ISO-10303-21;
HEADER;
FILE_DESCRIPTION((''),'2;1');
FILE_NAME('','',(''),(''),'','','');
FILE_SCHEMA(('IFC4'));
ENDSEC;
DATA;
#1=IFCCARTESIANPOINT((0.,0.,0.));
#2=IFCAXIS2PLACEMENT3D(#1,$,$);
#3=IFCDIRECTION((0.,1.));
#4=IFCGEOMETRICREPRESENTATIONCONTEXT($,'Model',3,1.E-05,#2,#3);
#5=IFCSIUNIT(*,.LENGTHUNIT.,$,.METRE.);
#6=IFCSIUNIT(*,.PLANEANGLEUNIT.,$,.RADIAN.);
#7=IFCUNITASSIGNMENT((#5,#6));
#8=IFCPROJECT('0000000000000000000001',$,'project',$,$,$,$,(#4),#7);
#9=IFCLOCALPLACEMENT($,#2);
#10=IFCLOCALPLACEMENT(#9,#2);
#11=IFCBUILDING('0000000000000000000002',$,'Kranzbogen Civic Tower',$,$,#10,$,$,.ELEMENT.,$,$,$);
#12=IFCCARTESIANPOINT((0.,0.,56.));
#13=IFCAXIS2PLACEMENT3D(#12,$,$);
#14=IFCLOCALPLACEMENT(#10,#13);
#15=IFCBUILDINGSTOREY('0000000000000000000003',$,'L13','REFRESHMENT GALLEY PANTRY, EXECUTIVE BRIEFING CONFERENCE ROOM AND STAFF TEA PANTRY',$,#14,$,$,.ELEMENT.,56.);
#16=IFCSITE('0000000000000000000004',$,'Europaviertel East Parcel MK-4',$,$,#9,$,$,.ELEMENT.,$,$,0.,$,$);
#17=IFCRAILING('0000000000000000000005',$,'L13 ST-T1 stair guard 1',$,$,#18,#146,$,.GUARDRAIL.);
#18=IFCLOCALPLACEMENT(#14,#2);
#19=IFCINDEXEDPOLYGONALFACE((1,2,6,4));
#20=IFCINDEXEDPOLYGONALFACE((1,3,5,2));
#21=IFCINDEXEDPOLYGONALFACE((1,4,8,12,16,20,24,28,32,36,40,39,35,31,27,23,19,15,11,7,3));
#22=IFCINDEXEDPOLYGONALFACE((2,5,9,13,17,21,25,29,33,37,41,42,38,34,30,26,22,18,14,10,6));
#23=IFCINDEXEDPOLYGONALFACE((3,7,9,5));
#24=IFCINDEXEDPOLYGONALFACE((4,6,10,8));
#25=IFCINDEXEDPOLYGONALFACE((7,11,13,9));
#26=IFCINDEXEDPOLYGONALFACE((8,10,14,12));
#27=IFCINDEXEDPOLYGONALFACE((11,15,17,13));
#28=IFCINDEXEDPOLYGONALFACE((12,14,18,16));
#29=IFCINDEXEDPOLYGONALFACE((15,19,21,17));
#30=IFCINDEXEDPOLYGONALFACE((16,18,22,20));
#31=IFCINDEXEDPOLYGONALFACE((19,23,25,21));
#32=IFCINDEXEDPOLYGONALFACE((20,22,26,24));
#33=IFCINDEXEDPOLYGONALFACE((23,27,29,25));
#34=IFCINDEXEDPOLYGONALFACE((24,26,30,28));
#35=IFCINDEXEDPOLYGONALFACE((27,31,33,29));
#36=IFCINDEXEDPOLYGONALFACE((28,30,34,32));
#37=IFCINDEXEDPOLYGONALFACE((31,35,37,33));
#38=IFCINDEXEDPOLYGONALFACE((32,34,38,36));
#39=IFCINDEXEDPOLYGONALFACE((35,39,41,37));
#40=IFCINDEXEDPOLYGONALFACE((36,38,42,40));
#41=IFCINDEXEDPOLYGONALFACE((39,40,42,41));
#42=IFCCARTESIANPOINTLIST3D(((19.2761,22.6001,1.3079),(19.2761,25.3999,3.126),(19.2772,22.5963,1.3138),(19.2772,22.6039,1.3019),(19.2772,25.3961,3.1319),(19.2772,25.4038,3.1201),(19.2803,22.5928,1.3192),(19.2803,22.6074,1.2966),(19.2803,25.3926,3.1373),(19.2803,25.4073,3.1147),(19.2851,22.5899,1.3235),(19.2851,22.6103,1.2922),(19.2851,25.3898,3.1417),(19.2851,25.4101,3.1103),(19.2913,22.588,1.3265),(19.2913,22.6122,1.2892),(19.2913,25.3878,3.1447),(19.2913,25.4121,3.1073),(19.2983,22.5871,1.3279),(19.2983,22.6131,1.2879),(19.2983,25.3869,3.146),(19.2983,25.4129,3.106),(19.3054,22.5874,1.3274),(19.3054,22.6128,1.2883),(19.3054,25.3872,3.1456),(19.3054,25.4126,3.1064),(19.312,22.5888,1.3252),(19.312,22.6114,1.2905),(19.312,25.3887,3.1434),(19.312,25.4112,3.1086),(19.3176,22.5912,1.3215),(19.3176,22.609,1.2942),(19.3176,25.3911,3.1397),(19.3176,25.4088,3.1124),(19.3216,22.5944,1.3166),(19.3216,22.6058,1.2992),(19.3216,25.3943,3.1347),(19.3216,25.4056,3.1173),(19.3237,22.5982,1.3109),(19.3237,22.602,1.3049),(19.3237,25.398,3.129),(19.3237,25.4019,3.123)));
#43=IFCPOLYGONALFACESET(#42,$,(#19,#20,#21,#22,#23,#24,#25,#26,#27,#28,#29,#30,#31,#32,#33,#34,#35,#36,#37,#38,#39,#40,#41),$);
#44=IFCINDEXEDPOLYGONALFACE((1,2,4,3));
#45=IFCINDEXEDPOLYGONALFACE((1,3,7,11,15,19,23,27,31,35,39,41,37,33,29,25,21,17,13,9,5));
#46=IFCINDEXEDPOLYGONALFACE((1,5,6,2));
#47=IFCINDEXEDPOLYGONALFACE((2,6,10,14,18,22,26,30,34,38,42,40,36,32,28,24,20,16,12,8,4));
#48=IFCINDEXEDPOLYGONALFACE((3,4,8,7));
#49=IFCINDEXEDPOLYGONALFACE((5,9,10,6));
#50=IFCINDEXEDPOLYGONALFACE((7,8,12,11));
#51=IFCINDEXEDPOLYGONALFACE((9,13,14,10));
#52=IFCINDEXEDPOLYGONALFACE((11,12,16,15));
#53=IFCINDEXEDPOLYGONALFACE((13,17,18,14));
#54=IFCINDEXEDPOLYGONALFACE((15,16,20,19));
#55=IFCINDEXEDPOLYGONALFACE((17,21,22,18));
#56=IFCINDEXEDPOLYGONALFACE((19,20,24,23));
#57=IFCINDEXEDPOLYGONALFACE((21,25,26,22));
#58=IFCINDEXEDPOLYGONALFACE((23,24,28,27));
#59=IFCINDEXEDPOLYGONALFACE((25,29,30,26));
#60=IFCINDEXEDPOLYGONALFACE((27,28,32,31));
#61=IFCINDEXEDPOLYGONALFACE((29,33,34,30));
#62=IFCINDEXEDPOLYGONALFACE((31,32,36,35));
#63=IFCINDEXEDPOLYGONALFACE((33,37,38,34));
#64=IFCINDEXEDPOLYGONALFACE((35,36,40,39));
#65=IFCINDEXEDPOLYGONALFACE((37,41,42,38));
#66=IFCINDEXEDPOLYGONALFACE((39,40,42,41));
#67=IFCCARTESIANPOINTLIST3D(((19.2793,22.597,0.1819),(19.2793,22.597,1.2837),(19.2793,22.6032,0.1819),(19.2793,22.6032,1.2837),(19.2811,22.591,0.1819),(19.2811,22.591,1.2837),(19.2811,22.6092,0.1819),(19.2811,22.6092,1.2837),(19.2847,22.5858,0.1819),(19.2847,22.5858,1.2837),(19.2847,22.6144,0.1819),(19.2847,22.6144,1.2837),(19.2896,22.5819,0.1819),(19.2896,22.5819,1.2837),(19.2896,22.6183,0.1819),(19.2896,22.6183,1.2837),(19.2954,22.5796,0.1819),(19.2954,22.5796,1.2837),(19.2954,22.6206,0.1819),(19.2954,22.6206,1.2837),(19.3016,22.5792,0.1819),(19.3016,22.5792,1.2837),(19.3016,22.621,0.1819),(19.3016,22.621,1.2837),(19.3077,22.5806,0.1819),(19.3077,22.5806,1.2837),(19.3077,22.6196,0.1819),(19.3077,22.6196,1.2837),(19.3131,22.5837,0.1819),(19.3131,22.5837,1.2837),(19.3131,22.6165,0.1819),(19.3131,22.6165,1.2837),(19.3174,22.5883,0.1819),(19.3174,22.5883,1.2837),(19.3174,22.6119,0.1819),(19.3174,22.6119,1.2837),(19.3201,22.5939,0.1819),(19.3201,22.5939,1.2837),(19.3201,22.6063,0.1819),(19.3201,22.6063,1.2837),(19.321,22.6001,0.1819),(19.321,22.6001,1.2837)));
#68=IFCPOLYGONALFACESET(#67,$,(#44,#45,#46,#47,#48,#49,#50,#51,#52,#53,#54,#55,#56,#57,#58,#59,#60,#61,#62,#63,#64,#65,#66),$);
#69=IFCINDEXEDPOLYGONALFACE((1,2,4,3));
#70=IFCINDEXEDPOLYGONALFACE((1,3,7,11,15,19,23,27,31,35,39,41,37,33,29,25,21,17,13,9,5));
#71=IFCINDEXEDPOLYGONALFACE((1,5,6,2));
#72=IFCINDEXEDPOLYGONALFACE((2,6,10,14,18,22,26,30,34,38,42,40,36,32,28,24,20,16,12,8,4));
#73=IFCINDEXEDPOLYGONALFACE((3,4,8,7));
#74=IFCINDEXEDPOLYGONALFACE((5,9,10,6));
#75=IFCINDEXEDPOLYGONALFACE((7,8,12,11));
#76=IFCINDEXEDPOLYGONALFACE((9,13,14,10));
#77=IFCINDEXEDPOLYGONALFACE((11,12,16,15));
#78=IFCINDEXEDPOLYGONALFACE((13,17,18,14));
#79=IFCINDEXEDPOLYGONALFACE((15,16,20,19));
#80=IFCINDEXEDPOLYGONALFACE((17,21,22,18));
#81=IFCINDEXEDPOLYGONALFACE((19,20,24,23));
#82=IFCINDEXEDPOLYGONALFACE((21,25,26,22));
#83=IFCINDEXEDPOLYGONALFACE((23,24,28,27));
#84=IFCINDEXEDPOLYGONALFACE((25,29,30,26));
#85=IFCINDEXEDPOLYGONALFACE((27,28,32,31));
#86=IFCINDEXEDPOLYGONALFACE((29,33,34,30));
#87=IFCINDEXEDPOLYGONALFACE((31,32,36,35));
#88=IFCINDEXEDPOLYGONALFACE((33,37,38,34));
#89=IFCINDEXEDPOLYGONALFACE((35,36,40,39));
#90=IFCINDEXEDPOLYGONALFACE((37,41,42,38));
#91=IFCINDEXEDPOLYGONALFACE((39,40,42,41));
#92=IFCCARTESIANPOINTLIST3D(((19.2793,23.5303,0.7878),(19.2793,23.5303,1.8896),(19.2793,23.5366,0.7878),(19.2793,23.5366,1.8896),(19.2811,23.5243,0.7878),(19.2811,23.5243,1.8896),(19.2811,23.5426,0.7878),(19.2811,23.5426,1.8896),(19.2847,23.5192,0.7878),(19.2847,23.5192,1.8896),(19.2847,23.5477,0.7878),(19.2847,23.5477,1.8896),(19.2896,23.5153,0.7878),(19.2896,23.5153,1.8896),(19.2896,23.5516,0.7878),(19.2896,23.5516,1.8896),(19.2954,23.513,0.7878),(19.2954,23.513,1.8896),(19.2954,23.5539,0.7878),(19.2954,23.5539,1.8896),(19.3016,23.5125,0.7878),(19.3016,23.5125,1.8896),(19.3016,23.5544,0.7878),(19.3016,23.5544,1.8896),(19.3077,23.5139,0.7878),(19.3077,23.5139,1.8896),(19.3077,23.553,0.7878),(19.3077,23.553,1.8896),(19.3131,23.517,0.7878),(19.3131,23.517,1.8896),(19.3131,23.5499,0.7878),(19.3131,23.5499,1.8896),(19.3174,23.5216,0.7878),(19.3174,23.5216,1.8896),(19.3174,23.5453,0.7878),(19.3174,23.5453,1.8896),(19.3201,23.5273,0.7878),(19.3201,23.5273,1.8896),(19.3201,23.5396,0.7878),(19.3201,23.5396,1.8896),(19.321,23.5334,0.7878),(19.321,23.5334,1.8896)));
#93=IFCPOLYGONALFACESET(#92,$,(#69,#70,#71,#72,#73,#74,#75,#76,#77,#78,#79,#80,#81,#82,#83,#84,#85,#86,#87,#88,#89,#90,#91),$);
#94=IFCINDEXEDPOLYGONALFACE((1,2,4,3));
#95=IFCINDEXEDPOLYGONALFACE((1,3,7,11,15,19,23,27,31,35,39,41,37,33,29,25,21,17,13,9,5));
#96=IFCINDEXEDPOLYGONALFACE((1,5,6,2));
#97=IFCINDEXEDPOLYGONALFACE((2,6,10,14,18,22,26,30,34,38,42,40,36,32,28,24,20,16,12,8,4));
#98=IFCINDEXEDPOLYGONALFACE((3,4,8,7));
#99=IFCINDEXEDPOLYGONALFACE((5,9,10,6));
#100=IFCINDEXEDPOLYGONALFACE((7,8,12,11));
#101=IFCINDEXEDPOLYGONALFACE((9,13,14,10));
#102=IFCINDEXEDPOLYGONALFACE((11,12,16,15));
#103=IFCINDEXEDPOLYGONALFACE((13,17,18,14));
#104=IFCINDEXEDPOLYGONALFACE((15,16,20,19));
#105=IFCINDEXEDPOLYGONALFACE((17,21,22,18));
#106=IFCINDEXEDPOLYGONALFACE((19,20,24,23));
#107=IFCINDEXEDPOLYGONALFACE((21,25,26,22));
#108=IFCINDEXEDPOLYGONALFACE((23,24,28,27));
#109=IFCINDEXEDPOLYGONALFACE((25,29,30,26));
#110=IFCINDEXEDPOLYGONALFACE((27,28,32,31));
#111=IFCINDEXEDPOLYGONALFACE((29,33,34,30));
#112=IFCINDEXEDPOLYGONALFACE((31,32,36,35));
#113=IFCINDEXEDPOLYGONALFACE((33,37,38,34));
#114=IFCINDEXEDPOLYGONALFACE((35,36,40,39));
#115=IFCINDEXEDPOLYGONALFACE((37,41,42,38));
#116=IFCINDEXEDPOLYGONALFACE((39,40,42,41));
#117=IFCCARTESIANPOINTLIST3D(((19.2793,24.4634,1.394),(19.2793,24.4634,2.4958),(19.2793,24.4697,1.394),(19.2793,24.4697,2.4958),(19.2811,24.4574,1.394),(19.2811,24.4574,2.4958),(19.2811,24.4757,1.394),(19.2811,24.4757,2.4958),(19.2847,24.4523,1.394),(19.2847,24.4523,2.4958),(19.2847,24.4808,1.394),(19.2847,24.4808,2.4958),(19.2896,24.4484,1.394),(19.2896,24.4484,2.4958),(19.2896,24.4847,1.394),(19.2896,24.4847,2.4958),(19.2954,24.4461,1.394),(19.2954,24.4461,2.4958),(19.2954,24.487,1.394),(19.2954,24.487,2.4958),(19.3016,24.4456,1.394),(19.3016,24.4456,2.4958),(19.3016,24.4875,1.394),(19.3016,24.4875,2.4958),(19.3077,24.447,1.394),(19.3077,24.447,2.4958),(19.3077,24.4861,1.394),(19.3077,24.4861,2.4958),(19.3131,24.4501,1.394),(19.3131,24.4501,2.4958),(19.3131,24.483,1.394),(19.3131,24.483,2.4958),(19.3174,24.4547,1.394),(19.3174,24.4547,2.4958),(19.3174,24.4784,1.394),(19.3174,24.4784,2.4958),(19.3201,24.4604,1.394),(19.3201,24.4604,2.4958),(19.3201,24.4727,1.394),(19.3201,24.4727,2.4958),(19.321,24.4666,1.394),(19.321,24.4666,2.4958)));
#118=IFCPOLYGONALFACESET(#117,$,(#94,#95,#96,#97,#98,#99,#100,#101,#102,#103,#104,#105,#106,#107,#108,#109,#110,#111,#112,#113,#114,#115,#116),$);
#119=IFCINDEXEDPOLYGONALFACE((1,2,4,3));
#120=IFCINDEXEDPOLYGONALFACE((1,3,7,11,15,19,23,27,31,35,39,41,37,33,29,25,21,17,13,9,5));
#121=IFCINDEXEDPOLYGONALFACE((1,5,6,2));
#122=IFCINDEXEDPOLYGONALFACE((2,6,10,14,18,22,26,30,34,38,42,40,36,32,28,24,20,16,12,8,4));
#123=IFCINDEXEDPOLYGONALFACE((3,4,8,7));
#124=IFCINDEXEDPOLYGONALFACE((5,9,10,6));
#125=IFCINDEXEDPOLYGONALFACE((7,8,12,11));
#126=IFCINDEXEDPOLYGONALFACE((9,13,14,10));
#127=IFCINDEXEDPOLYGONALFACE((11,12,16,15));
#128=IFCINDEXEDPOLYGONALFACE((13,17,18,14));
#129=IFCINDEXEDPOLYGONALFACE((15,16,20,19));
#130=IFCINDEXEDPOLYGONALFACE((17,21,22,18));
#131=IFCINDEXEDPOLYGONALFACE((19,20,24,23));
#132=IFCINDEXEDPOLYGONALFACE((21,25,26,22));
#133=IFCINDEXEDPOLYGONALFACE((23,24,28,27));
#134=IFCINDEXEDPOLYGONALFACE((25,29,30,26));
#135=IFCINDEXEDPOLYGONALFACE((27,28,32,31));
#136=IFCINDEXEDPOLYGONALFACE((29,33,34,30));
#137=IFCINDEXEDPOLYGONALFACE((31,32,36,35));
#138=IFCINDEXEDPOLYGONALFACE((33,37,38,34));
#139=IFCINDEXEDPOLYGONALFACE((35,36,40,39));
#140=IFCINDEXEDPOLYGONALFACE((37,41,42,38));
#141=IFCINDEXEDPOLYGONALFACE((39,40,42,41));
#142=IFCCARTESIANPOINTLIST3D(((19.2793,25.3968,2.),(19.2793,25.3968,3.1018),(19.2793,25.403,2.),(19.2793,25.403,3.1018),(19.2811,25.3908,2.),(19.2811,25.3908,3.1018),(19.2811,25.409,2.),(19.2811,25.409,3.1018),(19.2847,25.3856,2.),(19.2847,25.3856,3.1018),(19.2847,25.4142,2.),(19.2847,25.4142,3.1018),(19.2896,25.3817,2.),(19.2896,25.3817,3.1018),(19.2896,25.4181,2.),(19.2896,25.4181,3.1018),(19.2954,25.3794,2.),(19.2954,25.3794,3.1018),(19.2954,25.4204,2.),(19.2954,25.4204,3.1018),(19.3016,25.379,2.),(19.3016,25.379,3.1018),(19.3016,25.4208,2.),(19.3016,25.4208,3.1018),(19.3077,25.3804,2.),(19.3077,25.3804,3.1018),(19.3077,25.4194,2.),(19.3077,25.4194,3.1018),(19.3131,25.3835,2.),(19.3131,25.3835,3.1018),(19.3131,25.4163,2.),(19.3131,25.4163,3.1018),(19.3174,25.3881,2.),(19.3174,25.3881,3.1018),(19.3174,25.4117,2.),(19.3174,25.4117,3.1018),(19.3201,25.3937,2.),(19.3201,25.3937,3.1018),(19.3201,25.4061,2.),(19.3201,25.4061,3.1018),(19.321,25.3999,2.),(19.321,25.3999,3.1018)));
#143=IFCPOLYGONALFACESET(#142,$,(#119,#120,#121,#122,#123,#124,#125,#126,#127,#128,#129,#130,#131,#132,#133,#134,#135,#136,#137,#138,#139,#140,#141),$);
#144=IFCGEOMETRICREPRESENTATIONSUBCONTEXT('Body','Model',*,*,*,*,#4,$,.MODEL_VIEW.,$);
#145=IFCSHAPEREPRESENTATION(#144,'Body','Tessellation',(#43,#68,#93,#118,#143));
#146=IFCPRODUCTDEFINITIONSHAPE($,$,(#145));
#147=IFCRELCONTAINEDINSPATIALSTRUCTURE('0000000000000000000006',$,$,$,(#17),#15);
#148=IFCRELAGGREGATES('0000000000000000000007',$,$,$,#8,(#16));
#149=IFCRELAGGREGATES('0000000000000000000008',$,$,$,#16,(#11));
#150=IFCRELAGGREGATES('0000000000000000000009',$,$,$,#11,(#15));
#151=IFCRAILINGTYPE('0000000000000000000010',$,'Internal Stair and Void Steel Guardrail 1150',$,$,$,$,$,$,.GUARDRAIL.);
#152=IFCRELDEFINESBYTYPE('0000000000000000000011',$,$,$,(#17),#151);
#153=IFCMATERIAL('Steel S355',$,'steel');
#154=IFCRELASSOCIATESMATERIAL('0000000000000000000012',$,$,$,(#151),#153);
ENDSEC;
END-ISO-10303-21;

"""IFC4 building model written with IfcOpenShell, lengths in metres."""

from ifc_helpers import new_model, si_unit, direction, frame, origin, origin_2d, place, context, subcontext, project, spatial, circle, extrude, material, type_object, element, save


model = new_model("IFC4")

# Units and contexts
model_context = context("Model", 3, precision=1e-05, world=origin(), true_north=direction((0.0, 1.0)))
body_context = subcontext(model_context, "Body", "Model", "MODEL_VIEW")
ifc_project = project(units=[si_unit("LENGTHUNIT", "METRE"), si_unit("PLANEANGLEUNIT", "RADIAN")], contexts=[model_context])

# Site, building, storey
site_placement = place(None, origin())
site = spatial("IfcSite", under=ifc_project, at=site_placement, Name="Europaviertel East Parcel MK-4", CompositionType="ELEMENT", RefElevation=0.0)
building_placement = place(site_placement, origin())
building = spatial("IfcBuilding", under=site, at=building_placement, Name="Kranzbogen Civic Tower", CompositionType="ELEMENT")
storey_placement = place(building_placement, frame((0.0, 0.0, 56.0)))
storey = spatial("IfcBuildingStorey", under=building, at=storey_placement, Name="L13", Description="REFRESHMENT GALLEY PANTRY, EXECUTIVE BRIEFING CONFERENCE ROOM AND STAFF TEA PANTRY", CompositionType="ELEMENT", Elevation=56.0)

# Shared definitions
ifc_material_1 = material(Name="Steel S355", Category="steel")

# Railing
railing_type_1 = type_object("IfcRailingType", Name="Internal Stair and Void Steel Guardrail 1150", PredefinedType="GUARDRAIL", material=ifc_material_1)
railing_1_placement = place(storey_placement, frame((19.3, 22.6001, 0.1819)))
element("IfcRailing", 1, at=railing_1_placement, inside=storey, type_object=railing_type_1, Name="L13 ST-T1 stair guard 1", PredefinedType="GUARDRAIL", context=body_context, shape_type="SweptSolid", body=[
    extrude(circle(Radius=0.0239, at=origin_2d()), frame((0.0, 0.0, 1.126), z_axis=(0.0, 0.838684, 0.544618), x_axis=(-1.0, 0.0, 0.0)), (0.0, 0.0, 1.0), 3.3384),
    extrude(circle(Radius=0.021, at=origin_2d()), origin(), (0.0, 0.0, 1.0), 1.1018),
    extrude(circle(Radius=0.021, at=origin_2d()), frame((0.0, 0.9333, 0.606)), (0.0, 0.0, 1.0), 1.1018),
    extrude(circle(Radius=0.021, at=origin_2d()), frame((0.0, 1.8665, 1.2122)), (0.0, 0.0, 1.0), 1.1018),
    extrude(circle(Radius=0.021, at=origin_2d()), frame((0.0, 2.7998, 1.8181)), (0.0, 0.0, 1.0), 1.1018),
])

save(model, "model.ifc")
